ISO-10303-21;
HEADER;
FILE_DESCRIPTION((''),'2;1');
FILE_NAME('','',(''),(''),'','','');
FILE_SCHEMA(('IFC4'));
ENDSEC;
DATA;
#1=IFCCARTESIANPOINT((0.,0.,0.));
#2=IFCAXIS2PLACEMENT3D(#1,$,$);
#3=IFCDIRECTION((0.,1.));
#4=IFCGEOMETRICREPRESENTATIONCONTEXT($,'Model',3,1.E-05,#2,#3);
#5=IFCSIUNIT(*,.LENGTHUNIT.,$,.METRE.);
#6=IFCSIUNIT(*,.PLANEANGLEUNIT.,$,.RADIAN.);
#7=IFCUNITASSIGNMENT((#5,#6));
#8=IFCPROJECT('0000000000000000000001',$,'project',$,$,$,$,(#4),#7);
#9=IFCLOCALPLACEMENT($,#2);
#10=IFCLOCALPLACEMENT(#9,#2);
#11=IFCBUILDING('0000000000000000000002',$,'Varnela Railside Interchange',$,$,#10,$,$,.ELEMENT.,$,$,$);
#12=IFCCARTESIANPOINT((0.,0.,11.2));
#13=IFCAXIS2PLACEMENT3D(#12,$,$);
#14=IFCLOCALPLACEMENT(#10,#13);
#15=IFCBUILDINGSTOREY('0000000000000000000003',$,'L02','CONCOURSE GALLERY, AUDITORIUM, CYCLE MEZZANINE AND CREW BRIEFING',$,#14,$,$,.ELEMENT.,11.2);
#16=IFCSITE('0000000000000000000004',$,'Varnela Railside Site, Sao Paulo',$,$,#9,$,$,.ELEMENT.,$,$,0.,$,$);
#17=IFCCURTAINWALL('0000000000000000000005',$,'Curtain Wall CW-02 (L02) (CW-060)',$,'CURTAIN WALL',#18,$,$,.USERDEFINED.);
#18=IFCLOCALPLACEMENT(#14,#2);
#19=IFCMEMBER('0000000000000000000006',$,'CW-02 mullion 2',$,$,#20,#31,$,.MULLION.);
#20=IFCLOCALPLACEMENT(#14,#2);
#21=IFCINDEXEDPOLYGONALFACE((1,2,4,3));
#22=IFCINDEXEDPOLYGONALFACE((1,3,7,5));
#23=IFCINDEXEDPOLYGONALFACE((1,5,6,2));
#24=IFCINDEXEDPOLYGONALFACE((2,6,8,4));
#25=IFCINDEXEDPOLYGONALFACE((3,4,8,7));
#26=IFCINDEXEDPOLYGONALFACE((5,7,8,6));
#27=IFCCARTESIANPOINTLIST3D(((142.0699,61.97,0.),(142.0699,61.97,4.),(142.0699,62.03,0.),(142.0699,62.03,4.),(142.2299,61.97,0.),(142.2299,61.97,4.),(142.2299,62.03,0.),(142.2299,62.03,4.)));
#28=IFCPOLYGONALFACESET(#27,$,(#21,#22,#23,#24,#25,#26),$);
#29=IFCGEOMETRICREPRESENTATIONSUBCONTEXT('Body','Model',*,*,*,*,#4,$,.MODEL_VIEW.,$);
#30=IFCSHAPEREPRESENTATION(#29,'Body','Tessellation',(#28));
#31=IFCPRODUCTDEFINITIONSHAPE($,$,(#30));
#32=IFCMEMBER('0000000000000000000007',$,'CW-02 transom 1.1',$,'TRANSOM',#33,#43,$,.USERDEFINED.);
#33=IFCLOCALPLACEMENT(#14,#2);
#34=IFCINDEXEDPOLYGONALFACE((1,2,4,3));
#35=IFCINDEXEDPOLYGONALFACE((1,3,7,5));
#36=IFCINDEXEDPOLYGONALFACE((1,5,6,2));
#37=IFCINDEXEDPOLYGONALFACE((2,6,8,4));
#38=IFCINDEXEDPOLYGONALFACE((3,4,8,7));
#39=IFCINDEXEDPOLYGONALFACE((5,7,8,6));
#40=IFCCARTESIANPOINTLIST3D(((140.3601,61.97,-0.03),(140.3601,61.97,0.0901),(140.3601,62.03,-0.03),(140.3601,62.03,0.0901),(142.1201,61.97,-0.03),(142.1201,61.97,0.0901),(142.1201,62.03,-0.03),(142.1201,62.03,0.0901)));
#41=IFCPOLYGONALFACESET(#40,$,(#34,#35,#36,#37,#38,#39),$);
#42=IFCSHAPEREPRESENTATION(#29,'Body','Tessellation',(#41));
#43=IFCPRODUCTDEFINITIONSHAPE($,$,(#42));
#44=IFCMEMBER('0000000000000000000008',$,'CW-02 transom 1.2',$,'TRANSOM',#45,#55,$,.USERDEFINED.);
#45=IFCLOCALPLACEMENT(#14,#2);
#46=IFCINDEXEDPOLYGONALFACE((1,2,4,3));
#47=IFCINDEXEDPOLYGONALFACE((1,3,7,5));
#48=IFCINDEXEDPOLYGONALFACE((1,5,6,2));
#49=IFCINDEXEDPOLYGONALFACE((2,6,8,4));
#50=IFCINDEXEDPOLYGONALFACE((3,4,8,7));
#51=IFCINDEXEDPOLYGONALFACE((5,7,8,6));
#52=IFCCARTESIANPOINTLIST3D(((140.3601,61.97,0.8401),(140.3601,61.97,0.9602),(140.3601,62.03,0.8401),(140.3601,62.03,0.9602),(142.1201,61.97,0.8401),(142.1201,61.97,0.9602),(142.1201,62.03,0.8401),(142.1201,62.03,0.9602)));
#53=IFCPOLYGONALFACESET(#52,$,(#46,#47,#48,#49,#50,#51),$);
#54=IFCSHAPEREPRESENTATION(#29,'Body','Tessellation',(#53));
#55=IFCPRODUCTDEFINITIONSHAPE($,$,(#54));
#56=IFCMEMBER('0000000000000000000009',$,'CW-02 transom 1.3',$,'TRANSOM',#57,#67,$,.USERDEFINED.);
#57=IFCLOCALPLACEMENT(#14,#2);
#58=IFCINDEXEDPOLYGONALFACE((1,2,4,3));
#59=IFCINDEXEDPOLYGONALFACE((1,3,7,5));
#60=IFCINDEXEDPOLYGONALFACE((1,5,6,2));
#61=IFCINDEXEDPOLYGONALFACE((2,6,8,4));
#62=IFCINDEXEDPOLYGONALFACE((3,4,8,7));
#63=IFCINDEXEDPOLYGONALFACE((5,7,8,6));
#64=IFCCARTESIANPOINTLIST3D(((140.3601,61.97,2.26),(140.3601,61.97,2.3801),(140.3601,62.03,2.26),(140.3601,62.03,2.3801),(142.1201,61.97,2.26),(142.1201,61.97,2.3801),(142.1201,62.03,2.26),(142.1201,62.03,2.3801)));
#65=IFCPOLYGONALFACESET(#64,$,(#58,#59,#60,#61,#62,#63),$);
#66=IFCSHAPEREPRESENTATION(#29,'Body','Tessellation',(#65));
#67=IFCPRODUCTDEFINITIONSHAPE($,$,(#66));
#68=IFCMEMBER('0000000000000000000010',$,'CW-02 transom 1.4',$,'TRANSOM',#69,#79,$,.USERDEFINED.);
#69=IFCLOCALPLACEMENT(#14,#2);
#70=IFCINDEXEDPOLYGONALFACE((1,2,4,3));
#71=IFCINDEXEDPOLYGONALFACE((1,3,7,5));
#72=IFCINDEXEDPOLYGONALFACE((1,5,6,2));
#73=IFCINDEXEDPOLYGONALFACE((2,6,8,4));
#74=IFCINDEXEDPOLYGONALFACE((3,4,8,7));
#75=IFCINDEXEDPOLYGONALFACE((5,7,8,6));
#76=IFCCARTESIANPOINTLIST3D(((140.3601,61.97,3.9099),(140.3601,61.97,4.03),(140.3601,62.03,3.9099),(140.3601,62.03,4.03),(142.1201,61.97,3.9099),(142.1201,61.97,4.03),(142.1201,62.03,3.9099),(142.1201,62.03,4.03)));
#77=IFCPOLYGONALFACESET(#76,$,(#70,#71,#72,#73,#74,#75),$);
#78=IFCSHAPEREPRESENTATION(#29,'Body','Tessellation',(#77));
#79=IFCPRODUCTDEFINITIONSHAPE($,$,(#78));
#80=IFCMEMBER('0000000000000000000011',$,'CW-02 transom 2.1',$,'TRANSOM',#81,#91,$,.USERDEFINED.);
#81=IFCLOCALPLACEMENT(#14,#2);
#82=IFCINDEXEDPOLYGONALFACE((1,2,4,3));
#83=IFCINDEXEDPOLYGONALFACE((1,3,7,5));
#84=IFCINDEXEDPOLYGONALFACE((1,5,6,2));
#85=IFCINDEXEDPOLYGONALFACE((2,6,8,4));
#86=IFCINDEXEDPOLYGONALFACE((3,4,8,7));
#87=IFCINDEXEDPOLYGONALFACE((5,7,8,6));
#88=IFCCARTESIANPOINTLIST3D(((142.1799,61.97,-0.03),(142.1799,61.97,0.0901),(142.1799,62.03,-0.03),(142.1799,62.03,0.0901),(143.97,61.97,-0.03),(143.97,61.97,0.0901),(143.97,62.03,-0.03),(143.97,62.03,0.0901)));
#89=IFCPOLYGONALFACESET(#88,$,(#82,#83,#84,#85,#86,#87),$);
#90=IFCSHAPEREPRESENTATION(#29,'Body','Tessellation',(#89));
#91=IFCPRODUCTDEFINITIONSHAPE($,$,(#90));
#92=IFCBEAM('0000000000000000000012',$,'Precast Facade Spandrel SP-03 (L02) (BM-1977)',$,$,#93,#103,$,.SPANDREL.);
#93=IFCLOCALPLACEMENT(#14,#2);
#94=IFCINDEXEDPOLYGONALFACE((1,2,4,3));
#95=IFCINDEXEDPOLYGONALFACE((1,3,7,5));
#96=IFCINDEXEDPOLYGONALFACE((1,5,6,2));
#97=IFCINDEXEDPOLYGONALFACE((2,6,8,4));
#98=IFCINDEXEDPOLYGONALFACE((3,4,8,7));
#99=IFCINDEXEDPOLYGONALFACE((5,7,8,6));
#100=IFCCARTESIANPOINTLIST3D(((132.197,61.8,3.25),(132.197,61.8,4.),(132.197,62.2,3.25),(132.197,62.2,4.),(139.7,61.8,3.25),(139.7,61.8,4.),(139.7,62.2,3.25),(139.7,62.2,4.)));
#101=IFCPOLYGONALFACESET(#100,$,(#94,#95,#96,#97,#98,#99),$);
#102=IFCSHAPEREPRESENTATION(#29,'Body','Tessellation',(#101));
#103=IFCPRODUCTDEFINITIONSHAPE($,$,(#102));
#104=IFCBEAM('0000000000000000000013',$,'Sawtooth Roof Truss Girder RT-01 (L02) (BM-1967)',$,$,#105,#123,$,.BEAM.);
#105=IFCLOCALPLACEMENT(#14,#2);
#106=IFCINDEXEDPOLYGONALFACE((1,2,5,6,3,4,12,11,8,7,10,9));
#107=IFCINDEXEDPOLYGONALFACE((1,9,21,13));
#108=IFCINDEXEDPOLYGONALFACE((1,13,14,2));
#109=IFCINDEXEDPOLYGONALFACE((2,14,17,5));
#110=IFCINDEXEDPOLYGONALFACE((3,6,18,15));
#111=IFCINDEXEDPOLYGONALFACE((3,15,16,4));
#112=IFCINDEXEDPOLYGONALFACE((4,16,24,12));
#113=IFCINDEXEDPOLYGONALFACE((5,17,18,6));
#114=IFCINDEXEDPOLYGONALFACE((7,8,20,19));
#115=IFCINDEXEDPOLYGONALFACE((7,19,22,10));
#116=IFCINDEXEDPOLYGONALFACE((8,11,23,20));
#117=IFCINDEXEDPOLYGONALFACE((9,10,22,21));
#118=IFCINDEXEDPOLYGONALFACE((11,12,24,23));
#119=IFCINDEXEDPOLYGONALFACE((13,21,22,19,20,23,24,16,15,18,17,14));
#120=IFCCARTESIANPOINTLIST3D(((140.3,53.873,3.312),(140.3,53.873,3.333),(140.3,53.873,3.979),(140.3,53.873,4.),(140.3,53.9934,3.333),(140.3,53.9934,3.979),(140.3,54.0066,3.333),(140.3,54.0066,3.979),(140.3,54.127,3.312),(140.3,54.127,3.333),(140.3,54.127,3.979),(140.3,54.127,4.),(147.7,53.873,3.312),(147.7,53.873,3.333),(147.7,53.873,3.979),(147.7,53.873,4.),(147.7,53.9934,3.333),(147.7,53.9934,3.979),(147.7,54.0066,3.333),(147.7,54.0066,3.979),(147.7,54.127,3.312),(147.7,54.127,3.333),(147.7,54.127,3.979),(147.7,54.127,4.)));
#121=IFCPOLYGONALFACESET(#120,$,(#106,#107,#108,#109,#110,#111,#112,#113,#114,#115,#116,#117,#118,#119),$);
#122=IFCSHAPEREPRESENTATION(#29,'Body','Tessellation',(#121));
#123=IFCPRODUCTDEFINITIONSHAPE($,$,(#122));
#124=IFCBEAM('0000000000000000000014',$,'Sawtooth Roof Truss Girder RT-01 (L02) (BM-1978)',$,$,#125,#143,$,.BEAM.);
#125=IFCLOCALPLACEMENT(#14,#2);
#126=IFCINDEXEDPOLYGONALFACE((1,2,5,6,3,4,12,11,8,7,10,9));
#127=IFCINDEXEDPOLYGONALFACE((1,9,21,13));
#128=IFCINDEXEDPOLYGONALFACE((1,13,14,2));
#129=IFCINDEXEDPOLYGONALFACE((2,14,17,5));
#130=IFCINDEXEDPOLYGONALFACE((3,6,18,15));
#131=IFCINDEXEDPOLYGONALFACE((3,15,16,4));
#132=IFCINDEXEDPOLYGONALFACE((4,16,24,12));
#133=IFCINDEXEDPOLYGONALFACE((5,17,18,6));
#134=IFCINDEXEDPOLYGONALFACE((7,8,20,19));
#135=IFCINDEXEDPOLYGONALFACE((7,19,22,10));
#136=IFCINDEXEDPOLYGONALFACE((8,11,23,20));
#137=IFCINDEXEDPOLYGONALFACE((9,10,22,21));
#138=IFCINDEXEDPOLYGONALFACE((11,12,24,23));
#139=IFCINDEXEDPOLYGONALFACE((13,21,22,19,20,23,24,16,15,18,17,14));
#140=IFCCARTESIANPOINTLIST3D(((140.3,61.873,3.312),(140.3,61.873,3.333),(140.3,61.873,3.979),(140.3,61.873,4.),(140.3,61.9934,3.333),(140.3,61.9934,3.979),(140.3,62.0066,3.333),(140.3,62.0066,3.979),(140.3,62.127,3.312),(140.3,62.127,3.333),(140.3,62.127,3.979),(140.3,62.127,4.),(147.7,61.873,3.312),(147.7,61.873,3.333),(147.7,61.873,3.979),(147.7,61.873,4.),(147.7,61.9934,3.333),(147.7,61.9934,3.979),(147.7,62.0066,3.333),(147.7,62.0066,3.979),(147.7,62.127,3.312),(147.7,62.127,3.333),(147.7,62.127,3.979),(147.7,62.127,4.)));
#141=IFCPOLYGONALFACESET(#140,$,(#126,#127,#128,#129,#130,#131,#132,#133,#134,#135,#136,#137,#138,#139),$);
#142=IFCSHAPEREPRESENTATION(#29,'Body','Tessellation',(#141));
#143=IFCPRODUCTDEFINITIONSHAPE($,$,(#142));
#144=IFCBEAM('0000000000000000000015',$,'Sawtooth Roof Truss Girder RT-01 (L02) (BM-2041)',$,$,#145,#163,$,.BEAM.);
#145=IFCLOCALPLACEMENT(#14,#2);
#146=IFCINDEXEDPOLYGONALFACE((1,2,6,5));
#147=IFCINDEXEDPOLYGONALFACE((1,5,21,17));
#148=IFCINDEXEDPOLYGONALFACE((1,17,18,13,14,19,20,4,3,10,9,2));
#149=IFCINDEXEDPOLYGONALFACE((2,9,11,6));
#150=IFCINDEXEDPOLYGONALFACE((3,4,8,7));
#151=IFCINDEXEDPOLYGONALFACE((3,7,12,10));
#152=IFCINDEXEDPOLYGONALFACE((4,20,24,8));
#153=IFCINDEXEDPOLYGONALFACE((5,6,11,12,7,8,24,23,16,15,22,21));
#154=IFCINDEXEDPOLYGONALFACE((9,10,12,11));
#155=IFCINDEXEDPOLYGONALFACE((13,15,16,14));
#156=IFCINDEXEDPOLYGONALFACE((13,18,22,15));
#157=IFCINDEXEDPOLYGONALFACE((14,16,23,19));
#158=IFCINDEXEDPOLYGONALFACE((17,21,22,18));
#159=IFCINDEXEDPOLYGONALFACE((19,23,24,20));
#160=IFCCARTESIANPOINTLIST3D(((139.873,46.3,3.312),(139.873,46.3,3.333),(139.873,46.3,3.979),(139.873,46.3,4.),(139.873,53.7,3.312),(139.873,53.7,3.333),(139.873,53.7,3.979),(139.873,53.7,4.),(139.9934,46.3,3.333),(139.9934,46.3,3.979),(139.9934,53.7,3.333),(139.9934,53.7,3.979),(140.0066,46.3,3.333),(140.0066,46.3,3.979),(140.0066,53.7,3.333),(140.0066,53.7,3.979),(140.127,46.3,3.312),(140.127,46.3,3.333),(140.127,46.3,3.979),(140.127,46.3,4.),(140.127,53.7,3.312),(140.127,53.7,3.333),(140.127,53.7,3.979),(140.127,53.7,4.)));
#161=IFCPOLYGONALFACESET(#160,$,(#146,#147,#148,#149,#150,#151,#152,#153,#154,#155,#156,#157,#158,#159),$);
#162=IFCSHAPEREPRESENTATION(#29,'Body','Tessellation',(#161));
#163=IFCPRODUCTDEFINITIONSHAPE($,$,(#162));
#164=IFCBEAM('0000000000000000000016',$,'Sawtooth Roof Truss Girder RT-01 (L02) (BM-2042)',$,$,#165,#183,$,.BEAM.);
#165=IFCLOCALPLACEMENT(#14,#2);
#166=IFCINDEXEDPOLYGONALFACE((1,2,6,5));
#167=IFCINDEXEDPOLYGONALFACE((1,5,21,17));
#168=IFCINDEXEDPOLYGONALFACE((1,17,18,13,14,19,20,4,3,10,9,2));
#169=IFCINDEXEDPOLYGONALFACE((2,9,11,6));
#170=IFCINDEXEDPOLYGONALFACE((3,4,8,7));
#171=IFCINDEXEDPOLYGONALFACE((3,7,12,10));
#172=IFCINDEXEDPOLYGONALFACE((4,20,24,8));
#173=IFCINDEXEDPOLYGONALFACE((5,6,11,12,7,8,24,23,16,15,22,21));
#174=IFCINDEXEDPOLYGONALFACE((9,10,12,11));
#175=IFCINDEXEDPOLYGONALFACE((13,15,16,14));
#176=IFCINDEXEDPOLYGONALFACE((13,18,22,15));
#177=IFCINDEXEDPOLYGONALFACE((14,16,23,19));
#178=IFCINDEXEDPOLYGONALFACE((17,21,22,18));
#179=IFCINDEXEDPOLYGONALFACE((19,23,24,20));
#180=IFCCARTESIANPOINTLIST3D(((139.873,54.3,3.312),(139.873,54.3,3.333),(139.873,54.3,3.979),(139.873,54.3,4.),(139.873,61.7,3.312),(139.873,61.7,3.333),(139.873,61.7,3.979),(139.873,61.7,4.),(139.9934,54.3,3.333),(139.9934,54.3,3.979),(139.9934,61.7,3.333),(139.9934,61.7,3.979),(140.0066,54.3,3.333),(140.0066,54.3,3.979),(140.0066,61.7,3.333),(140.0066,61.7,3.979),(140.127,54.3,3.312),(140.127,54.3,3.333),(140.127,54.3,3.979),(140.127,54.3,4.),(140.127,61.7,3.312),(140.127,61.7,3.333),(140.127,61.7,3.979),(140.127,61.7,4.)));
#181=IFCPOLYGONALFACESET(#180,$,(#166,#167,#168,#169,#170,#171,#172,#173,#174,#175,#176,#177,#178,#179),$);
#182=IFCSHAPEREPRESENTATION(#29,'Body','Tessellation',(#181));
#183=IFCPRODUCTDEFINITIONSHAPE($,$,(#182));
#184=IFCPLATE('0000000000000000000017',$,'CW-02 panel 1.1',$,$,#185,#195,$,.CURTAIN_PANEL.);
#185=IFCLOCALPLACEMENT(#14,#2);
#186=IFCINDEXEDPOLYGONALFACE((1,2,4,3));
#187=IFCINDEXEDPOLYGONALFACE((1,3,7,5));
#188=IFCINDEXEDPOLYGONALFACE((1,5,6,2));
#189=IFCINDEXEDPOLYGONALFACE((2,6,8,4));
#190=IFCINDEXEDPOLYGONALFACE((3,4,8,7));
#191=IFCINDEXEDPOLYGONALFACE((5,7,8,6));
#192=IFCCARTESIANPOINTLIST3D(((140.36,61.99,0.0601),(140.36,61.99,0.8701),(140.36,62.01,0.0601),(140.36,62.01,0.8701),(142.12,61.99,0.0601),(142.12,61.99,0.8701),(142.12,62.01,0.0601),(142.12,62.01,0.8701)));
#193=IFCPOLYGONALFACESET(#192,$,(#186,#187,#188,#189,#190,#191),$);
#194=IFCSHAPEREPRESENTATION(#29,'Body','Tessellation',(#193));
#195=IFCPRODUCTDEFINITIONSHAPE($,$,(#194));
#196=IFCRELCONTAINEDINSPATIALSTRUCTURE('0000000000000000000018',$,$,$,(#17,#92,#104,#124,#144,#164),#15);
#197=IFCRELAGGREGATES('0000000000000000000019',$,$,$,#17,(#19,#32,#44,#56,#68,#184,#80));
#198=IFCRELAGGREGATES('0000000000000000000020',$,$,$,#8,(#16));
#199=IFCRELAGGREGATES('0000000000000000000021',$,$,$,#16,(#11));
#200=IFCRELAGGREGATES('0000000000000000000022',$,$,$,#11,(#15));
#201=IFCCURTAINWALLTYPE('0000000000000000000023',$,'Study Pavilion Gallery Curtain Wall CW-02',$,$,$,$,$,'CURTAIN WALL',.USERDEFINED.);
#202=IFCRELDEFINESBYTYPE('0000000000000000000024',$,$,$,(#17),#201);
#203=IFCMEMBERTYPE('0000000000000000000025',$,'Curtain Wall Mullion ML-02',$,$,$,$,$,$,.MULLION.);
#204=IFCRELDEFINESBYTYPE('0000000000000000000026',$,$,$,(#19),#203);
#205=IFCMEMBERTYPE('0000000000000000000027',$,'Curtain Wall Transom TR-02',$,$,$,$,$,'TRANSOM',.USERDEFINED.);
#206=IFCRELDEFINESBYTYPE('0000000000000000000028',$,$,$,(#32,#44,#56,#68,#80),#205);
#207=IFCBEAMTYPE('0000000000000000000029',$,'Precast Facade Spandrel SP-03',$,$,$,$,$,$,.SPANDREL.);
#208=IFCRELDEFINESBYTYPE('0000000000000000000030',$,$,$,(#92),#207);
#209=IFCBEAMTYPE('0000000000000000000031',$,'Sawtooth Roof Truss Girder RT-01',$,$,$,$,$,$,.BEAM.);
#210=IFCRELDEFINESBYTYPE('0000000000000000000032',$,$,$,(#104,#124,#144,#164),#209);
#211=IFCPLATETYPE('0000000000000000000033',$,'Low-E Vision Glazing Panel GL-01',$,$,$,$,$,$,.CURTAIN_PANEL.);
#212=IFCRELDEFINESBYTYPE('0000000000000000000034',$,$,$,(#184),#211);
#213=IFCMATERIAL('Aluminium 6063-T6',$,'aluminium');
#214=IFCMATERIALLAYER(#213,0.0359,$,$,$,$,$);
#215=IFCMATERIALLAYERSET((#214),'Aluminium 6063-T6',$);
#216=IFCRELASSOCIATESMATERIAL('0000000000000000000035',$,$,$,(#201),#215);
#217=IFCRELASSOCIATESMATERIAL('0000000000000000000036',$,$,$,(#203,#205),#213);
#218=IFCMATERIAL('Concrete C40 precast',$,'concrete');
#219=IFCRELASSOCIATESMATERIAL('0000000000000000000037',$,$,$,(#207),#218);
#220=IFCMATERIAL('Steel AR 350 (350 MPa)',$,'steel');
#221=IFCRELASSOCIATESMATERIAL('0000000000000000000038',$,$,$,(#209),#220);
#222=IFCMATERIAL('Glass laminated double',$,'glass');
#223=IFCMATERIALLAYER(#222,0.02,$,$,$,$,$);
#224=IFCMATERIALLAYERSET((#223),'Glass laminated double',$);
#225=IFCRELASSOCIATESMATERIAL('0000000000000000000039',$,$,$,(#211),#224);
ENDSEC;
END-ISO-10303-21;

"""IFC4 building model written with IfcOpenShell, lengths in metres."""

from ifc_helpers import new_model, si_unit, direction, frame, origin, origin_2d, place, context, subcontext, project, spatial, rectangle, i_section, extrude, material, layer, layer_set, material_profile, profile_set, type_object, element, aggregate, save


model = new_model("IFC4")

# Units and contexts
model_context = context("Model", 3, precision=1e-05, world=origin(), true_north=direction((0.0, 1.0)))
body_context = subcontext(model_context, "Body", "Model", "MODEL_VIEW")
ifc_project = project(units=[si_unit("LENGTHUNIT", "METRE"), si_unit("PLANEANGLEUNIT", "RADIAN")], contexts=[model_context])

# Site, building, storey
site_placement = place(None, origin())
site = spatial("IfcSite", under=ifc_project, at=site_placement, Name="Varnela Railside Site, Sao Paulo", CompositionType="ELEMENT", RefElevation=0.0)
building_placement = place(site_placement, origin())
building = spatial("IfcBuilding", under=site, at=building_placement, Name="Varnela Railside Interchange", CompositionType="ELEMENT")
storey_placement = place(building_placement, frame((0.0, 0.0, 11.2)))
storey = spatial("IfcBuildingStorey", under=building, at=storey_placement, Name="L02", Description="CONCOURSE GALLERY, AUDITORIUM, CYCLE MEZZANINE AND CREW BRIEFING", CompositionType="ELEMENT", Elevation=11.2)

# Shared definitions
ifc_material_1 = material(Name="Steel AR 350 (350 MPa)", Category="steel")

# Curtain wall, members
ifc_material_2 = material(Name="Aluminium 6063-T6", Category="aluminium")
ifc_layer_1 = layer(ifc_material_2, 0.0359)
ifc_layer_set_1 = layer_set([ifc_layer_1], Name="Aluminium 6063-T6")
curtain_wall_type = type_object("IfcCurtainWallType", Name="Study Pavilion Gallery Curtain Wall CW-02", ElementType="CURTAIN WALL", PredefinedType="USERDEFINED", material=ifc_layer_set_1)
curtain_wall_placement = place(storey_placement, origin())
curtain_wall = element("IfcCurtainWall", 1, at=curtain_wall_placement, inside=storey, type_object=curtain_wall_type, Name="Curtain Wall CW-02 (L02) (CW-060)", ObjectType="CURTAIN WALL", PredefinedType="USERDEFINED")
ifc_material_profile_1 = material_profile(ifc_material_2, rectangle(XDim=0.0601, YDim=0.1599, at=origin_2d()), Name="ALU 60x160")
ifc_profile_set_1 = profile_set([ifc_material_profile_1], Name="Aluminium 6063-T6")
member_type_1 = type_object("IfcMemberType", Name="Curtain Wall Mullion ML-02", PredefinedType="MULLION", material=ifc_profile_set_1)
member_1_placement = place(storey_placement, frame((142.1499, 62.0, 0.0), z_axis=(0.0, 0.0, 1.0), x_axis=(0.0, 1.0, 0.0)))
member_1 = element("IfcMember", 2, at=member_1_placement, type_object=member_type_1, Name="CW-02 mullion 2", PredefinedType="MULLION", context=body_context, shape_type="SweptSolid", body=[
    extrude(rectangle(XDim=0.0601, YDim=0.1599, at=origin_2d()), origin(), (0.0, 0.0, 1.0), 4.0),
])
ifc_material_profile_2 = material_profile(ifc_material_2, rectangle(XDim=0.0601, YDim=0.1201, at=origin_2d()), Name="ALU 60x120")
ifc_profile_set_2 = profile_set([ifc_material_profile_2], Name="Aluminium 6063-T6")
member_type_2 = type_object("IfcMemberType", Name="Curtain Wall Transom TR-02", ElementType="TRANSOM", PredefinedType="USERDEFINED", material=ifc_profile_set_2)
member_2_placement = place(storey_placement, frame((140.3601, 62.0, 0.03), z_axis=(1.0, 0.0, 0.0), x_axis=(0.0, 1.0, 0.0)))
member_2 = element("IfcMember", 3, at=member_2_placement, type_object=member_type_2, Name="CW-02 transom 1.1", ObjectType="TRANSOM", PredefinedType="USERDEFINED", context=body_context, shape_type="SweptSolid", body=[
    extrude(rectangle(XDim=0.0601, YDim=0.1201, at=origin_2d()), origin(), (0.0, 0.0, 1.0), 1.76),
])
member_3_placement = place(storey_placement, frame((140.3601, 62.0, 0.9001), z_axis=(1.0, 0.0, 0.0), x_axis=(0.0, 1.0, 0.0)))
member_3 = element("IfcMember", 4, at=member_3_placement, type_object=member_type_2, Name="CW-02 transom 1.2", ObjectType="TRANSOM", PredefinedType="USERDEFINED", context=body_context, shape_type="SweptSolid", body=[
    extrude(rectangle(XDim=0.0601, YDim=0.1201, at=origin_2d()), origin(), (0.0, 0.0, 1.0), 1.76),
])
member_4_placement = place(storey_placement, frame((140.3601, 62.0, 2.3201), z_axis=(1.0, 0.0, 0.0), x_axis=(0.0, 1.0, 0.0)))
member_4 = element("IfcMember", 5, at=member_4_placement, type_object=member_type_2, Name="CW-02 transom 1.3", ObjectType="TRANSOM", PredefinedType="USERDEFINED", context=body_context, shape_type="SweptSolid", body=[
    extrude(rectangle(XDim=0.0601, YDim=0.1201, at=origin_2d()), origin(), (0.0, 0.0, 1.0), 1.76),
])
member_5_placement = place(storey_placement, frame((140.3601, 62.0, 3.97), z_axis=(1.0, 0.0, 0.0), x_axis=(0.0, 1.0, 0.0)))
member_5 = element("IfcMember", 6, at=member_5_placement, type_object=member_type_2, Name="CW-02 transom 1.4", ObjectType="TRANSOM", PredefinedType="USERDEFINED", context=body_context, shape_type="SweptSolid", body=[
    extrude(rectangle(XDim=0.0601, YDim=0.1201, at=origin_2d()), origin(), (0.0, 0.0, 1.0), 1.76),
])
member_6_placement = place(storey_placement, frame((142.1799, 62.0, 0.03), z_axis=(1.0, 0.0, 0.0), x_axis=(0.0, 1.0, 0.0)))
member_6 = element("IfcMember", 7, at=member_6_placement, type_object=member_type_2, Name="CW-02 transom 2.1", ObjectType="TRANSOM", PredefinedType="USERDEFINED", context=body_context, shape_type="SweptSolid", body=[
    extrude(rectangle(XDim=0.0601, YDim=0.1201, at=origin_2d()), origin(), (0.0, 0.0, 1.0), 1.79),
])

# Beams
ifc_material_3 = material(Name="Concrete C40 precast", Category="concrete")
ifc_material_profile_3 = material_profile(ifc_material_3, rectangle(XDim=0.3999, YDim=0.75, at=origin_2d()), Name="PC 400x750")
ifc_profile_set_3 = profile_set([ifc_material_profile_3], Name="Concrete C40 precast")
beam_type_1 = type_object("IfcBeamType", Name="Precast Facade Spandrel SP-03", PredefinedType="SPANDREL", material=ifc_profile_set_3)
beam_1_placement = place(storey_placement, frame((132.197, 62.0, 3.625), z_axis=(1.0, 0.0, 0.0), x_axis=(0.0, 1.0, 0.0)))
element("IfcBeam", 8, at=beam_1_placement, inside=storey, type_object=beam_type_1, Name="Precast Facade Spandrel SP-03 (L02) (BM-1977)", PredefinedType="SPANDREL", context=body_context, shape_type="SweptSolid", body=[
    extrude(rectangle(XDim=0.3999, YDim=0.75, at=origin_2d()), origin(), (0.0, 0.0, 1.0), 7.5029),
])
ifc_material_profile_4 = material_profile(ifc_material_1, i_section(OverallWidth=0.2539, OverallDepth=0.688, WebThickness=0.0132, FlangeThickness=0.021, at=origin_2d()), Name="W690x152")
ifc_profile_set_4 = profile_set([ifc_material_profile_4], Name="Steel AR 350 (350 MPa)")
beam_type_2 = type_object("IfcBeamType", Name="Sawtooth Roof Truss Girder RT-01", PredefinedType="BEAM", material=ifc_profile_set_4)
for number, where, z_axis, x_axis, name in (
    (9, (140.3, 54.0, 3.656), (1.0, 0.0, 0.0), (0.0, 1.0, 0.0), "Sawtooth Roof Truss Girder RT-01 (L02) (BM-1967)"),
    (10, (140.3, 62.0, 3.656), (1.0, 0.0, 0.0), (0.0, 1.0, 0.0), "Sawtooth Roof Truss Girder RT-01 (L02) (BM-1978)"),
    (11, (140.0, 46.3, 3.656), (0.0, 1.0, 0.0), (-1.0, 0.0, 0.0), "Sawtooth Roof Truss Girder RT-01 (L02) (BM-2041)"),
    (12, (140.0, 54.3, 3.656), (0.0, 1.0, 0.0), (-1.0, 0.0, 0.0), "Sawtooth Roof Truss Girder RT-01 (L02) (BM-2042)"),
):
    element("IfcBeam", number, at=place(storey_placement, frame(where, z_axis=z_axis, x_axis=x_axis)), inside=storey, type_object=beam_type_2, Name=name, PredefinedType="BEAM", context=body_context, shape_type="SweptSolid", body=[
        extrude(i_section(OverallWidth=0.2539, OverallDepth=0.688, WebThickness=0.0132, FlangeThickness=0.021, at=origin_2d()), origin(), (0.0, 0.0, 1.0), 7.3999),
    ])

# Plate
ifc_material_4 = material(Name="Glass laminated double", Category="glass")
ifc_layer_2 = layer(ifc_material_4, 0.02)
ifc_layer_set_2 = layer_set([ifc_layer_2], Name="Glass laminated double")
plate_type = type_object("IfcPlateType", Name="Low-E Vision Glazing Panel GL-01", PredefinedType="CURTAIN_PANEL", material=ifc_layer_set_2)
plate_1_placement = place(storey_placement, frame((141.24, 62.0, 0.0601), z_axis=(0.0, 0.0, 1.0), x_axis=(1.0, 0.0, 0.0)))
plate_1 = element("IfcPlate", 13, at=plate_1_placement, type_object=plate_type, Name="CW-02 panel 1.1", PredefinedType="CURTAIN_PANEL", context=body_context, shape_type="SweptSolid", body=[
    extrude(rectangle(XDim=1.76, YDim=0.02, at=origin_2d()), origin(), (0.0, 0.0, 1.0), 0.8101),
])
aggregate(curtain_wall, [member_1, member_2, member_3, member_4, member_5, plate_1, member_6])

save(model, "model.ifc")
